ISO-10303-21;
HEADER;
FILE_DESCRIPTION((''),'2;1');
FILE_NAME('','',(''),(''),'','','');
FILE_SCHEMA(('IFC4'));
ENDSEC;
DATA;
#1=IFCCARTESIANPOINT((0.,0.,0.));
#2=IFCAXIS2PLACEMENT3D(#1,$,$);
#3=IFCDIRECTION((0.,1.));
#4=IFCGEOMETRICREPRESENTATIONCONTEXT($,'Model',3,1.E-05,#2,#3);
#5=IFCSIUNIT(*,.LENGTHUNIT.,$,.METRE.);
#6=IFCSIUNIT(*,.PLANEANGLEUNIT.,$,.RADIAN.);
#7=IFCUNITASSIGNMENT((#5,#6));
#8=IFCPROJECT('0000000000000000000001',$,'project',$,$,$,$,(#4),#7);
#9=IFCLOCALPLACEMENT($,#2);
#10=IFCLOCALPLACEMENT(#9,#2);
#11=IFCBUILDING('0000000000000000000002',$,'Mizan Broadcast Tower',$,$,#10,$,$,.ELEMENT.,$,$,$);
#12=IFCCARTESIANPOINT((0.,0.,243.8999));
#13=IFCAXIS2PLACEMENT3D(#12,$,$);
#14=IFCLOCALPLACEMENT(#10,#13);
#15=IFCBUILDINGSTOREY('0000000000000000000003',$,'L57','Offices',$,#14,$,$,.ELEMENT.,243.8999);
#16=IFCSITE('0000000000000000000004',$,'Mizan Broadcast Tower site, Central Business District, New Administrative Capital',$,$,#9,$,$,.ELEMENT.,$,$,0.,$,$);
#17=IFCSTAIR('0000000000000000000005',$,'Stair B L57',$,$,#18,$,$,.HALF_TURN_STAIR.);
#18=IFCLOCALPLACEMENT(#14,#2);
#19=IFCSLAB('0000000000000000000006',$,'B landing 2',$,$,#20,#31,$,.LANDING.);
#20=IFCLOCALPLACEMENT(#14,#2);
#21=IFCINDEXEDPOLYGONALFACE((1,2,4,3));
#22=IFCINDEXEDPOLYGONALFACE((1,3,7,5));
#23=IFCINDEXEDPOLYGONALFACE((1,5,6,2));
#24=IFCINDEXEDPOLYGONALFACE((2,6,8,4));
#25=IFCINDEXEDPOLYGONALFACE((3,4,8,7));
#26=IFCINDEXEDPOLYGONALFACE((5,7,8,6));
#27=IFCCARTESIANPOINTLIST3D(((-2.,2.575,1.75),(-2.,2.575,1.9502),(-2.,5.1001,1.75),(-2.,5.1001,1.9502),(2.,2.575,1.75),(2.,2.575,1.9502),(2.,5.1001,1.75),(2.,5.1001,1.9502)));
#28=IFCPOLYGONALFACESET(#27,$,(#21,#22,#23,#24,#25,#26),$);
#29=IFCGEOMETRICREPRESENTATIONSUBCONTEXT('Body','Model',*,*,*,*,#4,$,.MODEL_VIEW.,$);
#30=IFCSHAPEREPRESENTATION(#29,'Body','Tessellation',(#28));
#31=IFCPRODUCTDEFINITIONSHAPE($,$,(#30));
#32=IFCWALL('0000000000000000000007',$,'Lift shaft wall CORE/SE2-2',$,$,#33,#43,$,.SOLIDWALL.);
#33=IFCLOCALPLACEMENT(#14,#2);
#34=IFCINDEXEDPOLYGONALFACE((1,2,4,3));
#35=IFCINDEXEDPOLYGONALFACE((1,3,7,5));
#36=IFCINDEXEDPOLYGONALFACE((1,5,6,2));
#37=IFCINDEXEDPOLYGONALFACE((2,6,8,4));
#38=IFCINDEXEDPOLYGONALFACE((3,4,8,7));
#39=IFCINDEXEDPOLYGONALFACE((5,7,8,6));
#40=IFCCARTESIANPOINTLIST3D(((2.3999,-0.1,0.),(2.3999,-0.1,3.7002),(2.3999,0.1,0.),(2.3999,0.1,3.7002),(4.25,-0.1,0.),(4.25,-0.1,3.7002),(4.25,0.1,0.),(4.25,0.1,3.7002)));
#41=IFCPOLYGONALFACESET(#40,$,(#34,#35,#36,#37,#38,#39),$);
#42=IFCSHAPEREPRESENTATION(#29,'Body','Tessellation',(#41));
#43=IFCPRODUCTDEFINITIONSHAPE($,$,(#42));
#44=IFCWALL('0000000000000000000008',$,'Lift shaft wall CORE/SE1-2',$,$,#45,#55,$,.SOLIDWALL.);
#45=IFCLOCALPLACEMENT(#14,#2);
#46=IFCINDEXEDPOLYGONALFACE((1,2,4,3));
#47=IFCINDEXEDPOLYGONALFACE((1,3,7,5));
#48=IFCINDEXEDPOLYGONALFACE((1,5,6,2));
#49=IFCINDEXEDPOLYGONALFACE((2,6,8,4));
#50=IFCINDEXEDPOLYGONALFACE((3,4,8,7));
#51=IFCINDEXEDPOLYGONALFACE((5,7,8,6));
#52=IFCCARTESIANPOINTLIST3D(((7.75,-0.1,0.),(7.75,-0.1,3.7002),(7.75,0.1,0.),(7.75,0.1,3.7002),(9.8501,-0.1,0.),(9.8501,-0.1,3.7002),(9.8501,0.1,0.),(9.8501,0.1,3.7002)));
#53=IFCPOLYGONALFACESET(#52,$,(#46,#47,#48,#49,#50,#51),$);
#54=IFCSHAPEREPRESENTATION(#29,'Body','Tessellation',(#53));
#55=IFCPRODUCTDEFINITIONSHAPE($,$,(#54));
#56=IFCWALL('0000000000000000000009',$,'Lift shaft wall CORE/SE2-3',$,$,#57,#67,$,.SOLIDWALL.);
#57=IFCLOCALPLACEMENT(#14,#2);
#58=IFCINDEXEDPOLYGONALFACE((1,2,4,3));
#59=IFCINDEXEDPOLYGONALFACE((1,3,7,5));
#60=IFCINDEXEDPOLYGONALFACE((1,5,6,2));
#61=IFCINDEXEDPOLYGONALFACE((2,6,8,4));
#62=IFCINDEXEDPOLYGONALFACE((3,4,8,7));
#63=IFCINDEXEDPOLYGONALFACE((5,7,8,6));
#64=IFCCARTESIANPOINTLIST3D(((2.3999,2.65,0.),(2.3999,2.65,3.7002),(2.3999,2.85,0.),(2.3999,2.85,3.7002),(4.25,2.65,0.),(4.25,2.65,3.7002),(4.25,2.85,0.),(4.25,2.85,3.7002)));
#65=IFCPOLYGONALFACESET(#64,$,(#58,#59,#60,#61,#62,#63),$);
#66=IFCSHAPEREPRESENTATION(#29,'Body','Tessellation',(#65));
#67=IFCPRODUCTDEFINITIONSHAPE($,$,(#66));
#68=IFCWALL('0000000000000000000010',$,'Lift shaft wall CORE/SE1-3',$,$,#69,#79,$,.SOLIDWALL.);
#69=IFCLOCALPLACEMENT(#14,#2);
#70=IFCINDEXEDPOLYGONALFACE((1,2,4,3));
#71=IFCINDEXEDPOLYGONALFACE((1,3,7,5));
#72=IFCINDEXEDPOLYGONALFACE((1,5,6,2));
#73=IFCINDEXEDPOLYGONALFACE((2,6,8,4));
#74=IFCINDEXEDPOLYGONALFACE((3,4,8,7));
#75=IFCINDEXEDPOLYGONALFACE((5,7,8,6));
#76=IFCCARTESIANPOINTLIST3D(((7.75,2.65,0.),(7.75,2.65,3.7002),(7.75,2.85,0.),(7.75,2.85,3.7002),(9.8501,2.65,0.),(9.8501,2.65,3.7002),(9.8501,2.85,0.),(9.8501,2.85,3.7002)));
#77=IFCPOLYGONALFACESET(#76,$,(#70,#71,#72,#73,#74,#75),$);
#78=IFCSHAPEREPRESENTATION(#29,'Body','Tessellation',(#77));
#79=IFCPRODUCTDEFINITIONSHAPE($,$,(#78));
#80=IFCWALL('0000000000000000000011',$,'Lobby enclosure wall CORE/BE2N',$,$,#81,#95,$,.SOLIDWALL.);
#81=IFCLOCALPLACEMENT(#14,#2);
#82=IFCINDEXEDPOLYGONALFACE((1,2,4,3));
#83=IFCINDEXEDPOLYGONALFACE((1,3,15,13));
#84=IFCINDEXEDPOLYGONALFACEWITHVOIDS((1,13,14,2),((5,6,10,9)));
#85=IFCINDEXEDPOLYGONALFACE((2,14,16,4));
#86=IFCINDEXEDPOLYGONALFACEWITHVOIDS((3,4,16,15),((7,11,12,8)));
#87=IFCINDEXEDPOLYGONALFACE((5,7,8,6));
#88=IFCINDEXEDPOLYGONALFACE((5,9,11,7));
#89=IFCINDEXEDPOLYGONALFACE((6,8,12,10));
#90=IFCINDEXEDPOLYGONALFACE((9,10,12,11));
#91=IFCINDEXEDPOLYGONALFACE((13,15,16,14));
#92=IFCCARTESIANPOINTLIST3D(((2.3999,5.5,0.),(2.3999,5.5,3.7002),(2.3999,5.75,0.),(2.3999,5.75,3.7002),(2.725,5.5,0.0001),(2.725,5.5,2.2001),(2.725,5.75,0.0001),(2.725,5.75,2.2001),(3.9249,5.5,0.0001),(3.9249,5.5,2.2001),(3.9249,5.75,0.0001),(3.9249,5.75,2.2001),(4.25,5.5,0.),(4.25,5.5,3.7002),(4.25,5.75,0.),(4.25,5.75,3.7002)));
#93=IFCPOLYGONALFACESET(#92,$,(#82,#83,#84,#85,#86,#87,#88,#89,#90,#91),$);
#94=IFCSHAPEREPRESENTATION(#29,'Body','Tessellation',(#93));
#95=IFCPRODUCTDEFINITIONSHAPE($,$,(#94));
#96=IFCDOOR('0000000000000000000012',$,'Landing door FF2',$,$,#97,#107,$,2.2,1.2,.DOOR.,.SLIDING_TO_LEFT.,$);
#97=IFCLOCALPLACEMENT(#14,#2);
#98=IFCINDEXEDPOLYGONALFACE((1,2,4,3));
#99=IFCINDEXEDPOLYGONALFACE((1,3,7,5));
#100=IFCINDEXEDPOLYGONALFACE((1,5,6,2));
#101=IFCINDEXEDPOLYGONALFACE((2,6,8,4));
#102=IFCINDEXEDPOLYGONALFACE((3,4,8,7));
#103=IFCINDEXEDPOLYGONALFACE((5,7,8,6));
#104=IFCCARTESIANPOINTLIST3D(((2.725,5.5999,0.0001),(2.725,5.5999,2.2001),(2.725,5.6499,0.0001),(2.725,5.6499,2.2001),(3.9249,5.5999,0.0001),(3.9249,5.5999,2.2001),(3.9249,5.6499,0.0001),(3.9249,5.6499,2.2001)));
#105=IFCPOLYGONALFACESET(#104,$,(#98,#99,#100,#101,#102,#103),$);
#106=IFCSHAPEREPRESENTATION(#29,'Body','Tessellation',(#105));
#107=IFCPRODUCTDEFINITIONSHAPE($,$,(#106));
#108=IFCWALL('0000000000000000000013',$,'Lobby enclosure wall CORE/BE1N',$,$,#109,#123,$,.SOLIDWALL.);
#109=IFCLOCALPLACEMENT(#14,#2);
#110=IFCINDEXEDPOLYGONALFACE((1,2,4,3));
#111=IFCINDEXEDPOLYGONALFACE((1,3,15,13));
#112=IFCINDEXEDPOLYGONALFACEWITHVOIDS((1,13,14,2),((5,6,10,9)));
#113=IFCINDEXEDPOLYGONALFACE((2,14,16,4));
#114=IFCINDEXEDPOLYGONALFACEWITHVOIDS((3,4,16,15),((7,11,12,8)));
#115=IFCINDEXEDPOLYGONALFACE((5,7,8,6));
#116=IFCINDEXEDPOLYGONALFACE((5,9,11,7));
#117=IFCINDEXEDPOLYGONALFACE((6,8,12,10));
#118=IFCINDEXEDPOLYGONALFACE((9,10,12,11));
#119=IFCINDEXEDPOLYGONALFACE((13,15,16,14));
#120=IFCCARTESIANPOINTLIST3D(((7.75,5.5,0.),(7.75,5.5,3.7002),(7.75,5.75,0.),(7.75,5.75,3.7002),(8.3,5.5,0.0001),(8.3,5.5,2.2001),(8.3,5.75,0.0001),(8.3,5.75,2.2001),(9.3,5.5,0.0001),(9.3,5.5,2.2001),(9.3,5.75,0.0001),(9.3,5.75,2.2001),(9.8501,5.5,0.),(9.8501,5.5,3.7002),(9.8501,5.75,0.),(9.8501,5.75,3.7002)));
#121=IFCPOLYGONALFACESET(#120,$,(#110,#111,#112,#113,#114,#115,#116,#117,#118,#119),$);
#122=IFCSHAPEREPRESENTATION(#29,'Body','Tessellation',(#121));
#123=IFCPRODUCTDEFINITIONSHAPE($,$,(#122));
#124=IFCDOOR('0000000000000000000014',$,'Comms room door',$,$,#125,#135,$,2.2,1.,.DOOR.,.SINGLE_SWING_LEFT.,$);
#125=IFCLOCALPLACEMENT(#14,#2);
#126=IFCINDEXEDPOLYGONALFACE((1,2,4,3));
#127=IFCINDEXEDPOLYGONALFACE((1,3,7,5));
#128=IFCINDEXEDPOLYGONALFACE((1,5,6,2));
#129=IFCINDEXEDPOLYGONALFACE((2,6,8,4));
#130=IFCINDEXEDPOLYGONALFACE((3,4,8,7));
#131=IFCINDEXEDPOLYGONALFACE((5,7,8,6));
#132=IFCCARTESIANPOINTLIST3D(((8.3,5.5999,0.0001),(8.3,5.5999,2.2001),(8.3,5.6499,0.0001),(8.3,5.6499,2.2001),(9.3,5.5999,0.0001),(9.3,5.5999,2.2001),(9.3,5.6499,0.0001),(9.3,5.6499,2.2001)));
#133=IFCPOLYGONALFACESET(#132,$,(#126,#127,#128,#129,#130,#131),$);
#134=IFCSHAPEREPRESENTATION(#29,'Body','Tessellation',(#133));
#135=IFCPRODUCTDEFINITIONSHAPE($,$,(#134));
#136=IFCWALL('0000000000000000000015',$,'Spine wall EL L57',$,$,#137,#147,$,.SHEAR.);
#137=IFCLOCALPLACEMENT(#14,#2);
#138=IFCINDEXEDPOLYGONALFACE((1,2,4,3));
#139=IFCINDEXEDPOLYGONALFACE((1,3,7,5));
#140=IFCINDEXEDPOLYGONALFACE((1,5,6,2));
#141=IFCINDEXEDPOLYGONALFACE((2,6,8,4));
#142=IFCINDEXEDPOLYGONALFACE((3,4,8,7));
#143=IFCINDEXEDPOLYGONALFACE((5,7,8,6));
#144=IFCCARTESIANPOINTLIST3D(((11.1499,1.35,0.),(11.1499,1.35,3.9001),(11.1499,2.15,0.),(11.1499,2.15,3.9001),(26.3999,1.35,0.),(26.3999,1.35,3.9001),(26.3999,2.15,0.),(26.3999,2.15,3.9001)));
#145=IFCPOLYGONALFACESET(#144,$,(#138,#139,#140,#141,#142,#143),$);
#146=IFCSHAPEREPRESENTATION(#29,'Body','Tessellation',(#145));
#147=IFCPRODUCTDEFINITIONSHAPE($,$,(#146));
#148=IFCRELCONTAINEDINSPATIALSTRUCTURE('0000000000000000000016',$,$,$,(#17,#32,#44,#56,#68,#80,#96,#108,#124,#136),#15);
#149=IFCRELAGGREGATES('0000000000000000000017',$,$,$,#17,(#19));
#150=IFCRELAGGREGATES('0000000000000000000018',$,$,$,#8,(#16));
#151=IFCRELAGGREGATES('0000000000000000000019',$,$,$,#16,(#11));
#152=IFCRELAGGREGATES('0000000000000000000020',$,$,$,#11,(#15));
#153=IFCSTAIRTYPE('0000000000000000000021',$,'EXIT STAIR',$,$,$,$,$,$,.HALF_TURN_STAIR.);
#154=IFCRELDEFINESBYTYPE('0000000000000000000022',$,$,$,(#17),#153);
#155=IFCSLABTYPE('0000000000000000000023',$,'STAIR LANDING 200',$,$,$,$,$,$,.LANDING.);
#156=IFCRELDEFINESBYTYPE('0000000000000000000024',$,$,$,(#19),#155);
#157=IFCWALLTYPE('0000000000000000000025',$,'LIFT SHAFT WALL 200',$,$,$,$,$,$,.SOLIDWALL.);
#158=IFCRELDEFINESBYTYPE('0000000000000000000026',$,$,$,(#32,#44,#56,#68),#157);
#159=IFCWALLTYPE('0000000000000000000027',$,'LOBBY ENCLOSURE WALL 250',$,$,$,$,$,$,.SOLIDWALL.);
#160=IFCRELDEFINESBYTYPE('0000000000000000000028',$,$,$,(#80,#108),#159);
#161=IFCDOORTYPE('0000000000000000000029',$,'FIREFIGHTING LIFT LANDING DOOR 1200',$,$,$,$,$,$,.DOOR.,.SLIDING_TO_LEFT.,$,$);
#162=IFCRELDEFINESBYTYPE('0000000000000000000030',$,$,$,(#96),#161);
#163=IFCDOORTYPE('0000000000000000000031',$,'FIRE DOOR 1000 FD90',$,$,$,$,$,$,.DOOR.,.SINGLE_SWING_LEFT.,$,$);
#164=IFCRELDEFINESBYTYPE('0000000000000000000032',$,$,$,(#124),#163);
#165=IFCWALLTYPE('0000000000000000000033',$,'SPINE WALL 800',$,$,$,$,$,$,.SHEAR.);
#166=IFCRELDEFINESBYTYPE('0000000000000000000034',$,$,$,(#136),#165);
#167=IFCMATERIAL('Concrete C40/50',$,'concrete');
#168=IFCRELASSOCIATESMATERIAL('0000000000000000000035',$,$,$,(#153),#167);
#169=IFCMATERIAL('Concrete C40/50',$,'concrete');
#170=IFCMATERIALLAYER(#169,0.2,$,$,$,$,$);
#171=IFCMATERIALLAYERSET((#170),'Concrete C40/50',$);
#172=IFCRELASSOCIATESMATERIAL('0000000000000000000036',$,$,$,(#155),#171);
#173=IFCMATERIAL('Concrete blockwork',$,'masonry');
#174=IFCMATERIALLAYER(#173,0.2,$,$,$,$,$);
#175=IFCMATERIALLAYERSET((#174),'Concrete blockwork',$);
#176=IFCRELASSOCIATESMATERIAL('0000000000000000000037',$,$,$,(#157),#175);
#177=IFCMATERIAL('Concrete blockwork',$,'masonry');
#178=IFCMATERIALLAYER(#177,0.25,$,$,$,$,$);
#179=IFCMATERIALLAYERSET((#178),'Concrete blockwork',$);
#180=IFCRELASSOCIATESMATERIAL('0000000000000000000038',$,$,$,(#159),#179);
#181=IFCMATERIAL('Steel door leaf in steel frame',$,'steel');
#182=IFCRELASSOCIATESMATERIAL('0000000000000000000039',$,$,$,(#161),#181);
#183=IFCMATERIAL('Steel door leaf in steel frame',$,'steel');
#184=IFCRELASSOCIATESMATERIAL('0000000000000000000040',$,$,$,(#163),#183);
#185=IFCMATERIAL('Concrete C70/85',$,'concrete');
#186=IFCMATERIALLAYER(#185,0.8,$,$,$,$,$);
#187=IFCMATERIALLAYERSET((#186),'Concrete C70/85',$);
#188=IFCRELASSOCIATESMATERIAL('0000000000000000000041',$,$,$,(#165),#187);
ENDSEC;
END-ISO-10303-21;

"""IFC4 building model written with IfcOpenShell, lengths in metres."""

from ifc_helpers import new_model, si_unit, direction, frame, frame_2d, origin, place, context, subcontext, project, spatial, polyline, rectangle, outline, extrude, material, layer, layer_set, type_object, element, fill, aggregate, save


model = new_model("IFC4")

# Units and contexts
model_context = context("Model", 3, precision=1e-05, world=origin(), true_north=direction((0.0, 1.0)))
body_context = subcontext(model_context, "Body", "Model", "MODEL_VIEW")
ifc_project = project(units=[si_unit("LENGTHUNIT", "METRE"), si_unit("PLANEANGLEUNIT", "RADIAN")], contexts=[model_context])

# Site, building, storey
site_placement = place(None, origin())
site = spatial("IfcSite", under=ifc_project, at=site_placement, Name="Mizan Broadcast Tower site, Central Business District, New Administrative Capital", CompositionType="ELEMENT", RefElevation=0.0)
building_placement = place(site_placement, origin())
building = spatial("IfcBuilding", under=site, at=building_placement, Name="Mizan Broadcast Tower", CompositionType="ELEMENT")
storey_placement = place(building_placement, frame((0.0, 0.0, 243.8999)))
storey = spatial("IfcBuildingStorey", under=building, at=storey_placement, Name="L57", Description="Offices", CompositionType="ELEMENT", Elevation=243.8999)

# Stair, slab
ifc_material_1 = material(Name="Concrete C40/50", Category="concrete")
stair_type = type_object("IfcStairType", Name="EXIT STAIR", PredefinedType="HALF_TURN_STAIR", material=ifc_material_1)
ifc_material_2 = material(Name="Concrete C40/50", Category="concrete")
ifc_layer_1 = layer(ifc_material_2, 0.2)
ifc_layer_set_1 = layer_set([ifc_layer_1], Name="Concrete C40/50")
slab_type = type_object("IfcSlabType", Name="STAIR LANDING 200", PredefinedType="LANDING", material=ifc_layer_set_1)
stair_1_placement = place(storey_placement, origin())
stair_1 = element("IfcStair", 1, at=stair_1_placement, inside=storey, type_object=stair_type, Name="Stair B L57", PredefinedType="HALF_TURN_STAIR")
slab_1_placement = place(storey_placement, frame((0.0, 0.0, 1.75)))
slab_1 = element("IfcSlab", 2, at=slab_1_placement, type_object=slab_type, Name="B landing 2", PredefinedType="LANDING", context=body_context, shape_type="SweptSolid", body=[
    extrude(outline(polyline([(2.0, 5.1001), (2.0, 2.575), (-2.0, 2.575), (-2.0, 5.1001), (2.0, 5.1001)])), origin(), (0.0, 0.0, 1.0), 0.2002),
])
aggregate(stair_1, [slab_1])

# Walls
ifc_material_3 = material(Name="Concrete blockwork", Category="masonry")
ifc_layer_2 = layer(ifc_material_3, 0.2)
ifc_layer_set_2 = layer_set([ifc_layer_2], Name="Concrete blockwork")
wall_type_1 = type_object("IfcWallType", Name="LIFT SHAFT WALL 200", PredefinedType="SOLIDWALL", material=ifc_layer_set_2)
wall_1_placement = place(storey_placement, frame((2.3999, 0.0, 0.0), z_axis=(0.0, 0.0, 1.0), x_axis=(1.0, 0.0, 0.0)))
element("IfcWall", 3, at=wall_1_placement, inside=storey, type_object=wall_type_1, Name="Lift shaft wall CORE/SE2-2", PredefinedType="SOLIDWALL", context=body_context, shape_type="SweptSolid", body=[
    extrude(rectangle(XDim=1.8501, YDim=0.2, at=frame_2d((0.925, 0.0))), origin(), (0.0, 0.0, 1.0), 3.7002),
])
wall_2_placement = place(storey_placement, frame((7.75, 0.0, 0.0), z_axis=(0.0, 0.0, 1.0), x_axis=(1.0, 0.0, 0.0)))
element("IfcWall", 4, at=wall_2_placement, inside=storey, type_object=wall_type_1, Name="Lift shaft wall CORE/SE1-2", PredefinedType="SOLIDWALL", context=body_context, shape_type="SweptSolid", body=[
    extrude(rectangle(XDim=2.1001, YDim=0.2, at=frame_2d((1.05, 0.0))), origin(), (0.0, 0.0, 1.0), 3.7002),
])
wall_3_placement = place(storey_placement, frame((2.3999, 2.75, 0.0), z_axis=(0.0, 0.0, 1.0), x_axis=(1.0, 0.0, 0.0)))
element("IfcWall", 5, at=wall_3_placement, inside=storey, type_object=wall_type_1, Name="Lift shaft wall CORE/SE2-3", PredefinedType="SOLIDWALL", context=body_context, shape_type="SweptSolid", body=[
    extrude(rectangle(XDim=1.8501, YDim=0.2, at=frame_2d((0.925, 0.0))), origin(), (0.0, 0.0, 1.0), 3.7002),
])
wall_4_placement = place(storey_placement, frame((7.75, 2.75, 0.0), z_axis=(0.0, 0.0, 1.0), x_axis=(1.0, 0.0, 0.0)))
element("IfcWall", 6, at=wall_4_placement, inside=storey, type_object=wall_type_1, Name="Lift shaft wall CORE/SE1-3", PredefinedType="SOLIDWALL", context=body_context, shape_type="SweptSolid", body=[
    extrude(rectangle(XDim=2.1001, YDim=0.2, at=frame_2d((1.05, 0.0))), origin(), (0.0, 0.0, 1.0), 3.7002),
])

# Walls, openings, doors
ifc_material_4 = material(Name="Concrete blockwork", Category="masonry")
ifc_layer_3 = layer(ifc_material_4, 0.25)
ifc_layer_set_3 = layer_set([ifc_layer_3], Name="Concrete blockwork")
wall_type_2 = type_object("IfcWallType", Name="LOBBY ENCLOSURE WALL 250", PredefinedType="SOLIDWALL", material=ifc_layer_set_3)
wall_5_placement = place(storey_placement, frame((2.3999, 5.625, 0.0), z_axis=(0.0, 0.0, 1.0), x_axis=(1.0, 0.0, 0.0)))
wall_5 = element("IfcWall", 7, at=wall_5_placement, inside=storey, type_object=wall_type_2, Name="Lobby enclosure wall CORE/BE2N", PredefinedType="SOLIDWALL", context=body_context, shape_type="SweptSolid", body=[
    extrude(rectangle(XDim=1.8501, YDim=0.25, at=frame_2d((0.925, 0.0))), origin(), (0.0, 0.0, 1.0), 3.7002),
])
opening_1_placement = place(wall_5_placement, frame((0.325, 0.0, 0.0)))
opening_1 = element("IfcOpeningElement", 8, at=opening_1_placement, cuts=wall_5, PredefinedType="OPENING", context=body_context, shape_type="SweptSolid", body=[
    extrude(rectangle(XDim=1.2, YDim=2.2, at=frame_2d((0.6001, 1.1001))), frame((0.0, 0.135, 0.0), z_axis=(0.0, -1.0, 0.0), x_axis=(1.0, 0.0, 0.0)), (0.0, 0.0, 1.0), 0.27),
])
ifc_material_5 = material(Name="Steel door leaf in steel frame", Category="steel")
door_type_1 = type_object("IfcDoorType", Name="FIREFIGHTING LIFT LANDING DOOR 1200", OperationType="SLIDING_TO_LEFT", PredefinedType="DOOR", material=ifc_material_5)
door_1_placement = place(opening_1_placement, origin())
door_1 = element("IfcDoor", 9, at=door_1_placement, inside=storey, type_object=door_type_1, Name="Landing door FF2", OperationType="SLIDING_TO_LEFT", OverallHeight=2.2, OverallWidth=1.2, PredefinedType="DOOR", context=body_context, shape_type="SweptSolid", body=[
    extrude(rectangle(XDim=1.2, YDim=2.2, at=frame_2d((0.6001, 1.1001))), frame((0.0, 0.0249, 0.0), z_axis=(0.0, -1.0, 0.0), x_axis=(1.0, 0.0, 0.0)), (0.0, 0.0, 1.0), 0.05),
])
fill(opening_1, door_1)
wall_6_placement = place(storey_placement, frame((7.75, 5.625, 0.0), z_axis=(0.0, 0.0, 1.0), x_axis=(1.0, 0.0, 0.0)))
wall_6 = element("IfcWall", 10, at=wall_6_placement, inside=storey, type_object=wall_type_2, Name="Lobby enclosure wall CORE/BE1N", PredefinedType="SOLIDWALL", context=body_context, shape_type="SweptSolid", body=[
    extrude(rectangle(XDim=2.1001, YDim=0.25, at=frame_2d((1.05, 0.0))), origin(), (0.0, 0.0, 1.0), 3.7002),
])
opening_2_placement = place(wall_6_placement, frame((0.55, 0.0, 0.0)))
opening_2 = element("IfcOpeningElement", 11, at=opening_2_placement, cuts=wall_6, PredefinedType="OPENING", context=body_context, shape_type="SweptSolid", body=[
    extrude(rectangle(XDim=1.0, YDim=2.2, at=frame_2d((0.5, 1.1001))), frame((0.0, 0.135, 0.0), z_axis=(0.0, -1.0, 0.0), x_axis=(1.0, 0.0, 0.0)), (0.0, 0.0, 1.0), 0.27),
])
ifc_material_6 = material(Name="Steel door leaf in steel frame", Category="steel")
door_type_2 = type_object("IfcDoorType", Name="FIRE DOOR 1000 FD90", OperationType="SINGLE_SWING_LEFT", PredefinedType="DOOR", material=ifc_material_6)
door_2_placement = place(opening_2_placement, origin())
door_2 = element("IfcDoor", 12, at=door_2_placement, inside=storey, type_object=door_type_2, Name="Comms room door", OperationType="SINGLE_SWING_LEFT", OverallHeight=2.2, OverallWidth=1.0, PredefinedType="DOOR", context=body_context, shape_type="SweptSolid", body=[
    extrude(rectangle(XDim=1.0, YDim=2.2, at=frame_2d((0.5, 1.1001))), frame((0.0, 0.0249, 0.0), z_axis=(0.0, -1.0, 0.0), x_axis=(1.0, 0.0, 0.0)), (0.0, 0.0, 1.0), 0.05),
])
fill(opening_2, door_2)

# Wall
ifc_material_7 = material(Name="Concrete C70/85", Category="concrete")
ifc_layer_4 = layer(ifc_material_7, 0.8)
ifc_layer_set_4 = layer_set([ifc_layer_4], Name="Concrete C70/85")
wall_type_3 = type_object("IfcWallType", Name="SPINE WALL 800", PredefinedType="SHEAR", material=ifc_layer_set_4)
wall_7_placement = place(storey_placement, frame((11.1499, 1.75, 0.0), z_axis=(0.0, 0.0, 1.0), x_axis=(1.0, 0.0, 0.0)))
element("IfcWall", 13, at=wall_7_placement, inside=storey, type_object=wall_type_3, Name="Spine wall EL L57", PredefinedType="SHEAR", context=body_context, shape_type="SweptSolid", body=[
    extrude(rectangle(XDim=15.25, YDim=0.8, at=frame_2d((7.625, 0.0))), origin(), (0.0, 0.0, 1.0), 3.9001),
])

save(model, "model.ifc")
